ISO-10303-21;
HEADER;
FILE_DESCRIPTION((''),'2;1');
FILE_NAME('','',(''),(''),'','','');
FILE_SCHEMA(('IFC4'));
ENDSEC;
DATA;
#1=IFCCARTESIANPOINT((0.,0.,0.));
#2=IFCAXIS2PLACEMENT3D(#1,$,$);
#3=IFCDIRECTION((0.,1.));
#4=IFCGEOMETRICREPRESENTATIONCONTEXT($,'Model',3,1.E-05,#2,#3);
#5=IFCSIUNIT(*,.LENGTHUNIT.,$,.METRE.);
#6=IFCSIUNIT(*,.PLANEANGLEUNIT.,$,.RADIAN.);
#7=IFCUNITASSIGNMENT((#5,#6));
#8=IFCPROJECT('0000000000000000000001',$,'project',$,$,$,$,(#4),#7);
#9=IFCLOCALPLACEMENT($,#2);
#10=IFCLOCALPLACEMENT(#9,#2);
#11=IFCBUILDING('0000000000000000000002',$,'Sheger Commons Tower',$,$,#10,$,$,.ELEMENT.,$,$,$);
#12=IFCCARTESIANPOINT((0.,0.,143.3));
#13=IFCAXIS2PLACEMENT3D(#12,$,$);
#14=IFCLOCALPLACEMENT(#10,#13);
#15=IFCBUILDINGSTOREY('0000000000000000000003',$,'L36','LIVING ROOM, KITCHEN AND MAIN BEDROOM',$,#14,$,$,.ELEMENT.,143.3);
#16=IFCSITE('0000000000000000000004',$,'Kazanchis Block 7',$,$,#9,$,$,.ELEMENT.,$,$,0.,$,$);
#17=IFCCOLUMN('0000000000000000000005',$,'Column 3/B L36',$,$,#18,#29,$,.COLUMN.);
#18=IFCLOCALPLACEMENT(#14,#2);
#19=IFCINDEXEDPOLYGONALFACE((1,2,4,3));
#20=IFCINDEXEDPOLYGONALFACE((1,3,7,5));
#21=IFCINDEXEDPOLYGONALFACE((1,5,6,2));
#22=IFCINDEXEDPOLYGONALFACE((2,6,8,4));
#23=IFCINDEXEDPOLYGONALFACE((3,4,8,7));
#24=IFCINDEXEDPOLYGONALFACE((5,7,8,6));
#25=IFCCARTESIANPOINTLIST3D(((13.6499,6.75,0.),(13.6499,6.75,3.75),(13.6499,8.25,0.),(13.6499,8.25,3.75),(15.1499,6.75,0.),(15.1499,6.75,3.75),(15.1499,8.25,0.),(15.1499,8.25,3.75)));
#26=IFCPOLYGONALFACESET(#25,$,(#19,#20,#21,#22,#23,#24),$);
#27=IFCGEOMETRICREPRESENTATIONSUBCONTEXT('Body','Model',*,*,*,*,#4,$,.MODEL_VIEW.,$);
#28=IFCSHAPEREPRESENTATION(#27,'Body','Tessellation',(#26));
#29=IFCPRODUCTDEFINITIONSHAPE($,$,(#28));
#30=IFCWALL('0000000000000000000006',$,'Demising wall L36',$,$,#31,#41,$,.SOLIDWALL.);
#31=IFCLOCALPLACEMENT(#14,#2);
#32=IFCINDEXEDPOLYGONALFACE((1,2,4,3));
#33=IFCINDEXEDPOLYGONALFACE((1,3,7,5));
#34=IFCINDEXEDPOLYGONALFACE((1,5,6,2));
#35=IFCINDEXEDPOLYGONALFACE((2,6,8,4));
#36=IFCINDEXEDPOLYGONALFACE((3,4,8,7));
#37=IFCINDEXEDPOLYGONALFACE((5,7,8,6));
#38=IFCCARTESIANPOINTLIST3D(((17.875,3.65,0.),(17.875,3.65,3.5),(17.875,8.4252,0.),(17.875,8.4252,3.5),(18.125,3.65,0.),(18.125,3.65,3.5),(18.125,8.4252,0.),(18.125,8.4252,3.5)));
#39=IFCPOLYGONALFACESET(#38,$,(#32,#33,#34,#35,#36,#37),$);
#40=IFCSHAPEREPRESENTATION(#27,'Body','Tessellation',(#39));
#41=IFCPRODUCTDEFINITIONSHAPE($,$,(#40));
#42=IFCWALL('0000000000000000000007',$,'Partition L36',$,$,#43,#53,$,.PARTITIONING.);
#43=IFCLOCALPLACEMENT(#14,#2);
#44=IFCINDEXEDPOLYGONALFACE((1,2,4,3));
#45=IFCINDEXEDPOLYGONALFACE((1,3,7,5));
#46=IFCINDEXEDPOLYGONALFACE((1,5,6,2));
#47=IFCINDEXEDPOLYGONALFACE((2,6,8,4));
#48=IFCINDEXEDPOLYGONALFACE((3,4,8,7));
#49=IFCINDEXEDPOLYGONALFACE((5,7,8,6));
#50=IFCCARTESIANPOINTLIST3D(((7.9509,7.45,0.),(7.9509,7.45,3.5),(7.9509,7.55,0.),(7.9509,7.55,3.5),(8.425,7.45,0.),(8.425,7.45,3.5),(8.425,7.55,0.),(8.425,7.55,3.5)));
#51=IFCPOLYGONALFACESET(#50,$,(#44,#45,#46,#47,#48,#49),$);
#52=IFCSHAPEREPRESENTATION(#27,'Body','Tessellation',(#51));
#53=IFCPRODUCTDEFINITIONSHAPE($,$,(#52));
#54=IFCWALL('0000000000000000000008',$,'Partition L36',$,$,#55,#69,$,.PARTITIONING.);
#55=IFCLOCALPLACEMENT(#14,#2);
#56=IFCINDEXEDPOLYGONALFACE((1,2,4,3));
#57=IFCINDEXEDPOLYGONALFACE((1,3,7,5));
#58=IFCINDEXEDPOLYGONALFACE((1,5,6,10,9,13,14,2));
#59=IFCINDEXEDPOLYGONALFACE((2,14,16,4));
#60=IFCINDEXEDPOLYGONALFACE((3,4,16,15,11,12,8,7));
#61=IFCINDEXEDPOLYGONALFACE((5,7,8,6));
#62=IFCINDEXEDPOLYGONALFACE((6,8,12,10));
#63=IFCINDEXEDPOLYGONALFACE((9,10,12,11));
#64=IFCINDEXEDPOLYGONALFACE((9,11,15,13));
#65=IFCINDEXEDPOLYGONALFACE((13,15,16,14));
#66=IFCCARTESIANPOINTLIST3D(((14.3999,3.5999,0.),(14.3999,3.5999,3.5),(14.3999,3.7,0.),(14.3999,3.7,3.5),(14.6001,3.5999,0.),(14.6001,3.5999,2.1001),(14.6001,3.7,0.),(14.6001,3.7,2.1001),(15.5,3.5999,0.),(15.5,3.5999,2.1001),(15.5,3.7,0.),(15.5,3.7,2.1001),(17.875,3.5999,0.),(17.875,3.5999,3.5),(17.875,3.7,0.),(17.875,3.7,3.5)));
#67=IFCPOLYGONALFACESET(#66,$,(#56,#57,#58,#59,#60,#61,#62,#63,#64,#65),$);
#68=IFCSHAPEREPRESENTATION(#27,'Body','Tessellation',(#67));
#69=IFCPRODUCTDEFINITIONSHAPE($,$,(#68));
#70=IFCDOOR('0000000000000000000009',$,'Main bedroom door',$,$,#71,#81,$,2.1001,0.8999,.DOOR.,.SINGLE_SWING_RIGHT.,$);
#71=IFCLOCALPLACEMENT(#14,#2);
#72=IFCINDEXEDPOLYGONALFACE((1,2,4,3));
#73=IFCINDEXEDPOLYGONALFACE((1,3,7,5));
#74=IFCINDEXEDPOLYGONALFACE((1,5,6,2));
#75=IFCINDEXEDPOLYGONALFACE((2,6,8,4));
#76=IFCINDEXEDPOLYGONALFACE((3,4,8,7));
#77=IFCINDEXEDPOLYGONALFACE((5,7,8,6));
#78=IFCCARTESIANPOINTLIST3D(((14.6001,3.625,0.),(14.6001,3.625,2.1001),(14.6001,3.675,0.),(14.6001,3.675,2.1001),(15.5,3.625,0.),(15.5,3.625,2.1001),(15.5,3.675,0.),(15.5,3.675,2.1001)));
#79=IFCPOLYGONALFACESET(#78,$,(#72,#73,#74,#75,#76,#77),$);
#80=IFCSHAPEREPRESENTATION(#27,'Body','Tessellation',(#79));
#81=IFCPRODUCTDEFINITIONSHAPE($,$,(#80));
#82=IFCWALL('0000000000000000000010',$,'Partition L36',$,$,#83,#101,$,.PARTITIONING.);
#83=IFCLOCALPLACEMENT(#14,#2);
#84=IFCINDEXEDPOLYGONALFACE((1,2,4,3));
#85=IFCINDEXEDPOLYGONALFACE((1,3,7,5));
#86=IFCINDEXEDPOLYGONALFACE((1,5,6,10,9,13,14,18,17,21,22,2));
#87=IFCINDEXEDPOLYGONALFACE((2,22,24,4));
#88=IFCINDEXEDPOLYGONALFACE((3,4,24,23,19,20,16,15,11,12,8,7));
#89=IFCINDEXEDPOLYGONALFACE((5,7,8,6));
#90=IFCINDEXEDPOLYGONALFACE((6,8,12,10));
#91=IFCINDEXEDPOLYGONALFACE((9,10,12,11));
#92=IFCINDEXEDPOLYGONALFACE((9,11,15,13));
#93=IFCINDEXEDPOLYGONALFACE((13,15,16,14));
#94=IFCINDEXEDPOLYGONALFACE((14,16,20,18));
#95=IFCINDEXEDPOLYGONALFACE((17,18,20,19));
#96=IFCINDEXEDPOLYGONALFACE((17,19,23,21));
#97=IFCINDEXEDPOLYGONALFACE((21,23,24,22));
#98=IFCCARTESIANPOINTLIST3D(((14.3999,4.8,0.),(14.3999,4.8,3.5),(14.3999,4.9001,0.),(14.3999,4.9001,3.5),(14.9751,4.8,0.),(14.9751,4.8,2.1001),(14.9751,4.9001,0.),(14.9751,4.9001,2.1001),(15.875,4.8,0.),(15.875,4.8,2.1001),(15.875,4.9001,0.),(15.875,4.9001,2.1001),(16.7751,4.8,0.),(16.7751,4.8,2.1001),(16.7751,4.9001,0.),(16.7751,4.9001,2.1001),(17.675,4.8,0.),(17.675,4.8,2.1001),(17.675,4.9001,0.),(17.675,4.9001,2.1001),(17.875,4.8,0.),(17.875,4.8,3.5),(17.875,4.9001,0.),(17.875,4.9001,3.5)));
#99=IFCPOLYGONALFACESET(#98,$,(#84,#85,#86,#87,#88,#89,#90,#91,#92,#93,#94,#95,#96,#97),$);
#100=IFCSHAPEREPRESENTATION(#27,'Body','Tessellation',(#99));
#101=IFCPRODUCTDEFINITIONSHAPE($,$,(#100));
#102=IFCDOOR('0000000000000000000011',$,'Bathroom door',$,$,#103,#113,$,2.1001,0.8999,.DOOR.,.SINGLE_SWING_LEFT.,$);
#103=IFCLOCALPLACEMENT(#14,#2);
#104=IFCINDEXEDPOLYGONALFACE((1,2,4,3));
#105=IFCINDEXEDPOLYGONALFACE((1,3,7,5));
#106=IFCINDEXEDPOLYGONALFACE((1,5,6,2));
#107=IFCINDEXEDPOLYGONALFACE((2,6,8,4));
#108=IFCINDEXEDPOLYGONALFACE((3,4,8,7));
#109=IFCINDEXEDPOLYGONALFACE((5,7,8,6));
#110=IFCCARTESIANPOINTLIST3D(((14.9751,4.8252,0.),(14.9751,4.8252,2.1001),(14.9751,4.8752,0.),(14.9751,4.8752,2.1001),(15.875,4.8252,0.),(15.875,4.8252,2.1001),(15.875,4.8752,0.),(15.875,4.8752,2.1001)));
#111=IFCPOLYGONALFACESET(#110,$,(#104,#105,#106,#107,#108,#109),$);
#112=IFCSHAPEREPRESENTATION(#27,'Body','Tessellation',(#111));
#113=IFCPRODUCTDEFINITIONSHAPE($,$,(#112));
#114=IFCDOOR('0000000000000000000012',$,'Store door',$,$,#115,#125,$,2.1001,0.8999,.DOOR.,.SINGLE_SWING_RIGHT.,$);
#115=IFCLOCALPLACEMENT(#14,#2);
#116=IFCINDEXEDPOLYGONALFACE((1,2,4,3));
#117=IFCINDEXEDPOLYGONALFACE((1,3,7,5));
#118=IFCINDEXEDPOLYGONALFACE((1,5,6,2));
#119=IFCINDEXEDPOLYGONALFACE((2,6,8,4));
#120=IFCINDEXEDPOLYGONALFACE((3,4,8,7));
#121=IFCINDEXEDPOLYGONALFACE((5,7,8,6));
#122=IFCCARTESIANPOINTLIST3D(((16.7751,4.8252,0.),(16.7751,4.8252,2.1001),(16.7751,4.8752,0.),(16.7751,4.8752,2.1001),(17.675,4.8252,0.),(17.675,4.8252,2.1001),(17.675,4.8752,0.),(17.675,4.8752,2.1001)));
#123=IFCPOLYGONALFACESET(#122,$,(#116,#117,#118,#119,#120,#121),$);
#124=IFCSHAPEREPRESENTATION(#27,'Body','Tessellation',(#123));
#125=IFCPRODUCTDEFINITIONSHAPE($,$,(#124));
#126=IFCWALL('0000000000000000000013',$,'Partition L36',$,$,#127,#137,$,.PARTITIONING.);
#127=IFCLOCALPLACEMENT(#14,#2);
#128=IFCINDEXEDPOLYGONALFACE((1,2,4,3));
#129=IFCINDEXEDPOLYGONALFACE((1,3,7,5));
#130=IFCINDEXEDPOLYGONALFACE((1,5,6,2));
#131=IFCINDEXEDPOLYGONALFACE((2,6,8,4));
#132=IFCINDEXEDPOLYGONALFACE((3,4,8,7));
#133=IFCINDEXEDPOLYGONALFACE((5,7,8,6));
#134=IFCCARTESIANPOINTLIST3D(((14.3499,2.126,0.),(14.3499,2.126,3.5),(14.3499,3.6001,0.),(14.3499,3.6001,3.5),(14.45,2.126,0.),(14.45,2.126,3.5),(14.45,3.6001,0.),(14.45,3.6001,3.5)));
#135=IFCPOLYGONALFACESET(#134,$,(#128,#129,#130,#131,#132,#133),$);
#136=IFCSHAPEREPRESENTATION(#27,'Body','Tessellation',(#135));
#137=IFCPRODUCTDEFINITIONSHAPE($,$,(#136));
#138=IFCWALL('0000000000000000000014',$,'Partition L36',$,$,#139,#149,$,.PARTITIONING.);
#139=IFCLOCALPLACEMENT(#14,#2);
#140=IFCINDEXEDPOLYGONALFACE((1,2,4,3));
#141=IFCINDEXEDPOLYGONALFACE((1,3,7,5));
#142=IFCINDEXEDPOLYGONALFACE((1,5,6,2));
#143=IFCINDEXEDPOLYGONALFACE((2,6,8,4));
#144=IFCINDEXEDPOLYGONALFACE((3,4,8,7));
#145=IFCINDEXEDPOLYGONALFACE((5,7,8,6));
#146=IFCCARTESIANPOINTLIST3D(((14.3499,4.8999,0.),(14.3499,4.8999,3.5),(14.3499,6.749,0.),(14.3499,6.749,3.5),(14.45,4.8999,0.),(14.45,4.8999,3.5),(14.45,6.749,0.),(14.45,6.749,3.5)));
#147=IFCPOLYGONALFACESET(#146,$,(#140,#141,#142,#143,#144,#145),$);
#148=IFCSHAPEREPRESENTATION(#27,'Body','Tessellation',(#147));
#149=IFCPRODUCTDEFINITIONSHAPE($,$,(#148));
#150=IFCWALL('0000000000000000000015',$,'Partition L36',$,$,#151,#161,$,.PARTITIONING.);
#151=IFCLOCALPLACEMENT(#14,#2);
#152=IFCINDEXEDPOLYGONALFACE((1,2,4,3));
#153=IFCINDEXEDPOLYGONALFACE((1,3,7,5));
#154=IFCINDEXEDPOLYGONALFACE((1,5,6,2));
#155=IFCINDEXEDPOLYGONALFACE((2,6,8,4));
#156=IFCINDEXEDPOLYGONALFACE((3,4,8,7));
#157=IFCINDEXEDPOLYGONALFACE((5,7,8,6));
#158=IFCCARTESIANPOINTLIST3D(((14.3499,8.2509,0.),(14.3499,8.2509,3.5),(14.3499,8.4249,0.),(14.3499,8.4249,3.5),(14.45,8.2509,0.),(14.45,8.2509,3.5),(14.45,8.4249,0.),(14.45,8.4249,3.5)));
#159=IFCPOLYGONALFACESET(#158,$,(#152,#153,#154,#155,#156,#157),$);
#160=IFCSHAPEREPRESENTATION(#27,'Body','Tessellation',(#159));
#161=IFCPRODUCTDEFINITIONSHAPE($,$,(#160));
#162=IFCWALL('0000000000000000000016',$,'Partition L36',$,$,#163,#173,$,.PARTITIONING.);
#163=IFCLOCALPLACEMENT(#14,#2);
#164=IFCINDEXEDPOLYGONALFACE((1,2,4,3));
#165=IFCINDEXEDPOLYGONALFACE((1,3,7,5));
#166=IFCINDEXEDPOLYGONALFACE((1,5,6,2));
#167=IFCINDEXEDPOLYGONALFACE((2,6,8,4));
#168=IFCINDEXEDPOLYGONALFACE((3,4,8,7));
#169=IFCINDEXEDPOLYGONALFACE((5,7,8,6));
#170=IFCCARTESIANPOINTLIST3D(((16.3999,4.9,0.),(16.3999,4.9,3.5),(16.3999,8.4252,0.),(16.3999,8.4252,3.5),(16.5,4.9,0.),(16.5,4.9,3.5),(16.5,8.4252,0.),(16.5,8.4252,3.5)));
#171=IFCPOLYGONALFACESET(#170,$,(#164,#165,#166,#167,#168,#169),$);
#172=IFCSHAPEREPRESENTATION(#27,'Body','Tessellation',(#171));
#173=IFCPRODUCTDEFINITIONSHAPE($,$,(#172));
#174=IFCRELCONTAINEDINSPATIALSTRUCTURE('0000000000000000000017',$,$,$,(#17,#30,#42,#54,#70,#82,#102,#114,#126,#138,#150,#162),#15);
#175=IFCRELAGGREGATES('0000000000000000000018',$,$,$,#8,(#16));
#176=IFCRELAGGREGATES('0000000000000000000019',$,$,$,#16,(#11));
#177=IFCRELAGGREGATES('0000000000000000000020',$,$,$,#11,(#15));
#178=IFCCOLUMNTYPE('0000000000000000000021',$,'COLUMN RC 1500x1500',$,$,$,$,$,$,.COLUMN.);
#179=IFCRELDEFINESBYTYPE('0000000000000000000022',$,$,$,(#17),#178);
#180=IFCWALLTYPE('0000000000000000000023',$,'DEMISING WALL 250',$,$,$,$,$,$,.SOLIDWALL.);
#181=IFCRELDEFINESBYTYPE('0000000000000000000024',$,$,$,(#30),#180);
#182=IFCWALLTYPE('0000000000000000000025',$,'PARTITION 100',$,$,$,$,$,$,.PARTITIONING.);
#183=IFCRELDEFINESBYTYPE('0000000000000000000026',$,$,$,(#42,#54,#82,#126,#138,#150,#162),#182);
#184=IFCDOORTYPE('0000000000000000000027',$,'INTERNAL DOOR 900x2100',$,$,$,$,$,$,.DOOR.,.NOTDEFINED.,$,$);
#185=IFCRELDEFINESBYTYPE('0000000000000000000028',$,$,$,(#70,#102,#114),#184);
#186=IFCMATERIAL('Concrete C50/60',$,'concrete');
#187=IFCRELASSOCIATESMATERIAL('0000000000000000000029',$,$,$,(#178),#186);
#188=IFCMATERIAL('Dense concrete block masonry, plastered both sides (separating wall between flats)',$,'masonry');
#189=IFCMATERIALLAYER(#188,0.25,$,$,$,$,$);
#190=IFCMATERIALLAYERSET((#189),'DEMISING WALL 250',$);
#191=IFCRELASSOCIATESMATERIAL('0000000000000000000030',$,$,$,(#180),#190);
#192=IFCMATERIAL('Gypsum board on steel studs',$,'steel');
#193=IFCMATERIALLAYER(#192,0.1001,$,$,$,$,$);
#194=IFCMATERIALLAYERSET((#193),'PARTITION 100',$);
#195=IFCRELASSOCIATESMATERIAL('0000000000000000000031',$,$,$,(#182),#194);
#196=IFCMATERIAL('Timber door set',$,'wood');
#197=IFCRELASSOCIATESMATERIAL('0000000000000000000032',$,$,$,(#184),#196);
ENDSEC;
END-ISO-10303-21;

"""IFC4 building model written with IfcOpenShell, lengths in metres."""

from ifc_helpers import new_model, si_unit, direction, frame, frame_2d, origin, origin_2d, place, context, subcontext, project, spatial, rectangle, extrude, material, layer, layer_set, material_profile, profile_set, type_object, element, fill, save


model = new_model("IFC4")

# Units and contexts
model_context = context("Model", 3, precision=1e-05, world=origin(), true_north=direction((0.0, 1.0)))
body_context = subcontext(model_context, "Body", "Model", "MODEL_VIEW")
ifc_project = project(units=[si_unit("LENGTHUNIT", "METRE"), si_unit("PLANEANGLEUNIT", "RADIAN")], contexts=[model_context])

# Site, building, storey
site_placement = place(None, origin())
site = spatial("IfcSite", under=ifc_project, at=site_placement, Name="Kazanchis Block 7", CompositionType="ELEMENT", RefElevation=0.0)
building_placement = place(site_placement, origin())
building = spatial("IfcBuilding", under=site, at=building_placement, Name="Sheger Commons Tower", CompositionType="ELEMENT")
storey_placement = place(building_placement, frame((0.0, 0.0, 143.3)))
storey = spatial("IfcBuildingStorey", under=building, at=storey_placement, Name="L36", Description="LIVING ROOM, KITCHEN AND MAIN BEDROOM", CompositionType="ELEMENT", Elevation=143.3)

# Column
ifc_material_1 = material(Name="Concrete C50/60", Category="concrete")
ifc_material_profile = material_profile(ifc_material_1, rectangle(XDim=1.5, YDim=1.5, at=origin_2d()), Name="RC 1500x1500")
ifc_profile_set = profile_set([ifc_material_profile], Name="Concrete C50/60")
column_type = type_object("IfcColumnType", Name="COLUMN RC 1500x1500", PredefinedType="COLUMN", material=ifc_profile_set)
column_placement = place(storey_placement, frame((14.3999, 7.5, 0.0), z_axis=(0.0, 0.0, 1.0), x_axis=(1.0, 0.0, 0.0)))
element("IfcColumn", 1, at=column_placement, inside=storey, type_object=column_type, Name="Column 3/B L36", PredefinedType="COLUMN", context=body_context, shape_type="SweptSolid", body=[
    extrude(rectangle(XDim=1.5, YDim=1.5, at=origin_2d()), origin(), (0.0, 0.0, 1.0), 3.75),
])

# Walls
ifc_material_2 = material(Name="Dense concrete block masonry, plastered both sides (separating wall between flats)", Category="masonry")
ifc_layer_1 = layer(ifc_material_2, 0.25)
ifc_layer_set_1 = layer_set([ifc_layer_1], Name="DEMISING WALL 250")
wall_type_1 = type_object("IfcWallType", Name="DEMISING WALL 250", PredefinedType="SOLIDWALL", material=ifc_layer_set_1)
wall_1_placement = place(storey_placement, frame((18.0, 3.6499, 0.0), z_axis=(0.0, 0.0, 1.0), x_axis=(0.0, 1.0, 0.0)))
element("IfcWall", 2, at=wall_1_placement, inside=storey, type_object=wall_type_1, Name="Demising wall L36", PredefinedType="SOLIDWALL", context=body_context, shape_type="SweptSolid", body=[
    extrude(rectangle(XDim=4.7751, YDim=0.25, at=frame_2d((2.3877, 0.0))), origin(), (0.0, 0.0, 1.0), 3.5),
])
ifc_material_3 = material(Name="Gypsum board on steel studs", Category="steel")
ifc_layer_2 = layer(ifc_material_3, 0.1001)
ifc_layer_set_2 = layer_set([ifc_layer_2], Name="PARTITION 100")
wall_type_2 = type_object("IfcWallType", Name="PARTITION 100", PredefinedType="PARTITIONING", material=ifc_layer_set_2)
wall_2_placement = place(storey_placement, frame((7.9509, 7.5, 0.0), z_axis=(0.0, 0.0, 1.0), x_axis=(1.0, 0.0, 0.0)))
element("IfcWall", 3, at=wall_2_placement, inside=storey, type_object=wall_type_2, Name="Partition L36", PredefinedType="PARTITIONING", context=body_context, shape_type="SweptSolid", body=[
    extrude(rectangle(XDim=0.4741, YDim=0.1001, at=frame_2d((0.2371, 0.0))), origin(), (0.0, 0.0, 1.0), 3.5),
])

# Wall, opening, door
wall_3_placement = place(storey_placement, frame((17.875, 3.6499, 0.0), z_axis=(0.0, 0.0, 1.0), x_axis=(-1.0, 0.0, 0.0)))
wall_3 = element("IfcWall", 4, at=wall_3_placement, inside=storey, type_object=wall_type_2, Name="Partition L36", PredefinedType="PARTITIONING", context=body_context, shape_type="SweptSolid", body=[
    extrude(rectangle(XDim=3.4751, YDim=0.1001, at=frame_2d((1.7375, 0.0))), origin(), (0.0, 0.0, 1.0), 3.5),
])
opening_1_placement = place(wall_3_placement, frame((2.375, 0.0, 0.0)))
opening_1 = element("IfcOpeningElement", 5, at=opening_1_placement, cuts=wall_3, PredefinedType="OPENING", context=body_context, shape_type="SweptSolid", body=[
    extrude(rectangle(XDim=0.8999, YDim=2.1001, at=frame_2d((0.45, 1.05))), frame((0.0, 0.0601, 0.0), z_axis=(0.0, -1.0, 0.0), x_axis=(1.0, 0.0, 0.0)), (0.0, 0.0, 1.0), 0.1201),
])
ifc_material_4 = material(Name="Timber door set", Category="wood")
door_type_1 = type_object("IfcDoorType", Name="INTERNAL DOOR 900x2100", OperationType="NOTDEFINED", PredefinedType="DOOR", material=ifc_material_4)
door_1_placement = place(opening_1_placement, origin())
door_1 = element("IfcDoor", 6, at=door_1_placement, inside=storey, type_object=door_type_1, Name="Main bedroom door", OperationType="SINGLE_SWING_RIGHT", OverallHeight=2.1001, OverallWidth=0.8999, PredefinedType="DOOR", context=body_context, shape_type="SweptSolid", body=[
    extrude(rectangle(XDim=0.8999, YDim=2.1001, at=frame_2d((0.45, 1.05))), frame((0.0, 0.0249, 0.0), z_axis=(0.0, -1.0, 0.0), x_axis=(1.0, 0.0, 0.0)), (0.0, 0.0, 1.0), 0.05),
])
fill(opening_1, door_1)

# Wall, openings, doors
wall_4_placement = place(storey_placement, frame((17.875, 4.8501, 0.0), z_axis=(0.0, 0.0, 1.0), x_axis=(-1.0, 0.0, 0.0)))
wall_4 = element("IfcWall", 7, at=wall_4_placement, inside=storey, type_object=wall_type_2, Name="Partition L36", PredefinedType="PARTITIONING", context=body_context, shape_type="SweptSolid", body=[
    extrude(rectangle(XDim=3.4751, YDim=0.1001, at=frame_2d((1.7375, 0.0))), origin(), (0.0, 0.0, 1.0), 3.5),
])
opening_2_placement = place(wall_4_placement, frame((2.0, 0.0, 0.0)))
opening_2 = element("IfcOpeningElement", 8, at=opening_2_placement, cuts=wall_4, PredefinedType="OPENING", context=body_context, shape_type="SweptSolid", body=[
    extrude(rectangle(XDim=0.8999, YDim=2.1001, at=frame_2d((0.45, 1.05))), frame((0.0, 0.0601, 0.0), z_axis=(0.0, -1.0, 0.0), x_axis=(1.0, 0.0, 0.0)), (0.0, 0.0, 1.0), 0.1201),
])
opening_3_placement = place(wall_4_placement, frame((0.2, 0.0, 0.0)))
opening_3 = element("IfcOpeningElement", 9, at=opening_3_placement, cuts=wall_4, PredefinedType="OPENING", context=body_context, shape_type="SweptSolid", body=[
    extrude(rectangle(XDim=0.8999, YDim=2.1001, at=frame_2d((0.45, 1.05))), frame((0.0, 0.0601, 0.0), z_axis=(0.0, -1.0, 0.0), x_axis=(1.0, 0.0, 0.0)), (0.0, 0.0, 1.0), 0.1201),
])
door_2_placement = place(opening_2_placement, origin())
door_2 = element("IfcDoor", 10, at=door_2_placement, inside=storey, type_object=door_type_1, Name="Bathroom door", OperationType="SINGLE_SWING_LEFT", OverallHeight=2.1001, OverallWidth=0.8999, PredefinedType="DOOR", context=body_context, shape_type="SweptSolid", body=[
    extrude(rectangle(XDim=0.8999, YDim=2.1001, at=frame_2d((0.45, 1.05))), frame((0.0, 0.0249, 0.0), z_axis=(0.0, -1.0, 0.0), x_axis=(1.0, 0.0, 0.0)), (0.0, 0.0, 1.0), 0.05),
])
fill(opening_2, door_2)
door_3_placement = place(opening_3_placement, origin())
door_3 = element("IfcDoor", 11, at=door_3_placement, inside=storey, type_object=door_type_1, Name="Store door", OperationType="SINGLE_SWING_RIGHT", OverallHeight=2.1001, OverallWidth=0.8999, PredefinedType="DOOR", context=body_context, shape_type="SweptSolid", body=[
    extrude(rectangle(XDim=0.8999, YDim=2.1001, at=frame_2d((0.45, 1.05))), frame((0.0, 0.0249, 0.0), z_axis=(0.0, -1.0, 0.0), x_axis=(1.0, 0.0, 0.0)), (0.0, 0.0, 1.0), 0.05),
])
fill(opening_3, door_3)

# Walls
wall_5_placement = place(storey_placement, frame((14.3999, 2.126, 0.0), z_axis=(0.0, 0.0, 1.0), x_axis=(0.0, 1.0, 0.0)))
element("IfcWall", 12, at=wall_5_placement, inside=storey, type_object=wall_type_2, Name="Partition L36", PredefinedType="PARTITIONING", context=body_context, shape_type="SweptSolid", body=[
    extrude(rectangle(XDim=1.4741, YDim=0.1001, at=frame_2d((0.7371, 0.0))), origin(), (0.0, 0.0, 1.0), 3.5),
])
wall_6_placement = place(storey_placement, frame((14.3999, 4.8999, 0.0), z_axis=(0.0, 0.0, 1.0), x_axis=(0.0, 1.0, 0.0)))
element("IfcWall", 13, at=wall_6_placement, inside=storey, type_object=wall_type_2, Name="Partition L36", PredefinedType="PARTITIONING", context=body_context, shape_type="SweptSolid", body=[
    extrude(rectangle(XDim=1.8491, YDim=0.1001, at=frame_2d((0.9246, 0.0))), origin(), (0.0, 0.0, 1.0), 3.5),
])
wall_7_placement = place(storey_placement, frame((14.3999, 8.251, 0.0), z_axis=(0.0, 0.0, 1.0), x_axis=(0.0, 1.0, 0.0)))
element("IfcWall", 14, at=wall_7_placement, inside=storey, type_object=wall_type_2, Name="Partition L36", PredefinedType="PARTITIONING", context=body_context, shape_type="SweptSolid", body=[
    extrude(rectangle(XDim=0.1741, YDim=0.1001, at=frame_2d((0.0869, 0.0))), origin(), (0.0, 0.0, 1.0), 3.5),
])
wall_8_placement = place(storey_placement, frame((16.45, 4.8999, 0.0), z_axis=(0.0, 0.0, 1.0), x_axis=(0.0, 1.0, 0.0)))
element("IfcWall", 15, at=wall_8_placement, inside=storey, type_object=wall_type_2, Name="Partition L36", PredefinedType="PARTITIONING", context=body_context, shape_type="SweptSolid", body=[
    extrude(rectangle(XDim=3.5251, YDim=0.1001, at=frame_2d((1.7627, 0.0))), origin(), (0.0, 0.0, 1.0), 3.5),
])

save(model, "model.ifc")
